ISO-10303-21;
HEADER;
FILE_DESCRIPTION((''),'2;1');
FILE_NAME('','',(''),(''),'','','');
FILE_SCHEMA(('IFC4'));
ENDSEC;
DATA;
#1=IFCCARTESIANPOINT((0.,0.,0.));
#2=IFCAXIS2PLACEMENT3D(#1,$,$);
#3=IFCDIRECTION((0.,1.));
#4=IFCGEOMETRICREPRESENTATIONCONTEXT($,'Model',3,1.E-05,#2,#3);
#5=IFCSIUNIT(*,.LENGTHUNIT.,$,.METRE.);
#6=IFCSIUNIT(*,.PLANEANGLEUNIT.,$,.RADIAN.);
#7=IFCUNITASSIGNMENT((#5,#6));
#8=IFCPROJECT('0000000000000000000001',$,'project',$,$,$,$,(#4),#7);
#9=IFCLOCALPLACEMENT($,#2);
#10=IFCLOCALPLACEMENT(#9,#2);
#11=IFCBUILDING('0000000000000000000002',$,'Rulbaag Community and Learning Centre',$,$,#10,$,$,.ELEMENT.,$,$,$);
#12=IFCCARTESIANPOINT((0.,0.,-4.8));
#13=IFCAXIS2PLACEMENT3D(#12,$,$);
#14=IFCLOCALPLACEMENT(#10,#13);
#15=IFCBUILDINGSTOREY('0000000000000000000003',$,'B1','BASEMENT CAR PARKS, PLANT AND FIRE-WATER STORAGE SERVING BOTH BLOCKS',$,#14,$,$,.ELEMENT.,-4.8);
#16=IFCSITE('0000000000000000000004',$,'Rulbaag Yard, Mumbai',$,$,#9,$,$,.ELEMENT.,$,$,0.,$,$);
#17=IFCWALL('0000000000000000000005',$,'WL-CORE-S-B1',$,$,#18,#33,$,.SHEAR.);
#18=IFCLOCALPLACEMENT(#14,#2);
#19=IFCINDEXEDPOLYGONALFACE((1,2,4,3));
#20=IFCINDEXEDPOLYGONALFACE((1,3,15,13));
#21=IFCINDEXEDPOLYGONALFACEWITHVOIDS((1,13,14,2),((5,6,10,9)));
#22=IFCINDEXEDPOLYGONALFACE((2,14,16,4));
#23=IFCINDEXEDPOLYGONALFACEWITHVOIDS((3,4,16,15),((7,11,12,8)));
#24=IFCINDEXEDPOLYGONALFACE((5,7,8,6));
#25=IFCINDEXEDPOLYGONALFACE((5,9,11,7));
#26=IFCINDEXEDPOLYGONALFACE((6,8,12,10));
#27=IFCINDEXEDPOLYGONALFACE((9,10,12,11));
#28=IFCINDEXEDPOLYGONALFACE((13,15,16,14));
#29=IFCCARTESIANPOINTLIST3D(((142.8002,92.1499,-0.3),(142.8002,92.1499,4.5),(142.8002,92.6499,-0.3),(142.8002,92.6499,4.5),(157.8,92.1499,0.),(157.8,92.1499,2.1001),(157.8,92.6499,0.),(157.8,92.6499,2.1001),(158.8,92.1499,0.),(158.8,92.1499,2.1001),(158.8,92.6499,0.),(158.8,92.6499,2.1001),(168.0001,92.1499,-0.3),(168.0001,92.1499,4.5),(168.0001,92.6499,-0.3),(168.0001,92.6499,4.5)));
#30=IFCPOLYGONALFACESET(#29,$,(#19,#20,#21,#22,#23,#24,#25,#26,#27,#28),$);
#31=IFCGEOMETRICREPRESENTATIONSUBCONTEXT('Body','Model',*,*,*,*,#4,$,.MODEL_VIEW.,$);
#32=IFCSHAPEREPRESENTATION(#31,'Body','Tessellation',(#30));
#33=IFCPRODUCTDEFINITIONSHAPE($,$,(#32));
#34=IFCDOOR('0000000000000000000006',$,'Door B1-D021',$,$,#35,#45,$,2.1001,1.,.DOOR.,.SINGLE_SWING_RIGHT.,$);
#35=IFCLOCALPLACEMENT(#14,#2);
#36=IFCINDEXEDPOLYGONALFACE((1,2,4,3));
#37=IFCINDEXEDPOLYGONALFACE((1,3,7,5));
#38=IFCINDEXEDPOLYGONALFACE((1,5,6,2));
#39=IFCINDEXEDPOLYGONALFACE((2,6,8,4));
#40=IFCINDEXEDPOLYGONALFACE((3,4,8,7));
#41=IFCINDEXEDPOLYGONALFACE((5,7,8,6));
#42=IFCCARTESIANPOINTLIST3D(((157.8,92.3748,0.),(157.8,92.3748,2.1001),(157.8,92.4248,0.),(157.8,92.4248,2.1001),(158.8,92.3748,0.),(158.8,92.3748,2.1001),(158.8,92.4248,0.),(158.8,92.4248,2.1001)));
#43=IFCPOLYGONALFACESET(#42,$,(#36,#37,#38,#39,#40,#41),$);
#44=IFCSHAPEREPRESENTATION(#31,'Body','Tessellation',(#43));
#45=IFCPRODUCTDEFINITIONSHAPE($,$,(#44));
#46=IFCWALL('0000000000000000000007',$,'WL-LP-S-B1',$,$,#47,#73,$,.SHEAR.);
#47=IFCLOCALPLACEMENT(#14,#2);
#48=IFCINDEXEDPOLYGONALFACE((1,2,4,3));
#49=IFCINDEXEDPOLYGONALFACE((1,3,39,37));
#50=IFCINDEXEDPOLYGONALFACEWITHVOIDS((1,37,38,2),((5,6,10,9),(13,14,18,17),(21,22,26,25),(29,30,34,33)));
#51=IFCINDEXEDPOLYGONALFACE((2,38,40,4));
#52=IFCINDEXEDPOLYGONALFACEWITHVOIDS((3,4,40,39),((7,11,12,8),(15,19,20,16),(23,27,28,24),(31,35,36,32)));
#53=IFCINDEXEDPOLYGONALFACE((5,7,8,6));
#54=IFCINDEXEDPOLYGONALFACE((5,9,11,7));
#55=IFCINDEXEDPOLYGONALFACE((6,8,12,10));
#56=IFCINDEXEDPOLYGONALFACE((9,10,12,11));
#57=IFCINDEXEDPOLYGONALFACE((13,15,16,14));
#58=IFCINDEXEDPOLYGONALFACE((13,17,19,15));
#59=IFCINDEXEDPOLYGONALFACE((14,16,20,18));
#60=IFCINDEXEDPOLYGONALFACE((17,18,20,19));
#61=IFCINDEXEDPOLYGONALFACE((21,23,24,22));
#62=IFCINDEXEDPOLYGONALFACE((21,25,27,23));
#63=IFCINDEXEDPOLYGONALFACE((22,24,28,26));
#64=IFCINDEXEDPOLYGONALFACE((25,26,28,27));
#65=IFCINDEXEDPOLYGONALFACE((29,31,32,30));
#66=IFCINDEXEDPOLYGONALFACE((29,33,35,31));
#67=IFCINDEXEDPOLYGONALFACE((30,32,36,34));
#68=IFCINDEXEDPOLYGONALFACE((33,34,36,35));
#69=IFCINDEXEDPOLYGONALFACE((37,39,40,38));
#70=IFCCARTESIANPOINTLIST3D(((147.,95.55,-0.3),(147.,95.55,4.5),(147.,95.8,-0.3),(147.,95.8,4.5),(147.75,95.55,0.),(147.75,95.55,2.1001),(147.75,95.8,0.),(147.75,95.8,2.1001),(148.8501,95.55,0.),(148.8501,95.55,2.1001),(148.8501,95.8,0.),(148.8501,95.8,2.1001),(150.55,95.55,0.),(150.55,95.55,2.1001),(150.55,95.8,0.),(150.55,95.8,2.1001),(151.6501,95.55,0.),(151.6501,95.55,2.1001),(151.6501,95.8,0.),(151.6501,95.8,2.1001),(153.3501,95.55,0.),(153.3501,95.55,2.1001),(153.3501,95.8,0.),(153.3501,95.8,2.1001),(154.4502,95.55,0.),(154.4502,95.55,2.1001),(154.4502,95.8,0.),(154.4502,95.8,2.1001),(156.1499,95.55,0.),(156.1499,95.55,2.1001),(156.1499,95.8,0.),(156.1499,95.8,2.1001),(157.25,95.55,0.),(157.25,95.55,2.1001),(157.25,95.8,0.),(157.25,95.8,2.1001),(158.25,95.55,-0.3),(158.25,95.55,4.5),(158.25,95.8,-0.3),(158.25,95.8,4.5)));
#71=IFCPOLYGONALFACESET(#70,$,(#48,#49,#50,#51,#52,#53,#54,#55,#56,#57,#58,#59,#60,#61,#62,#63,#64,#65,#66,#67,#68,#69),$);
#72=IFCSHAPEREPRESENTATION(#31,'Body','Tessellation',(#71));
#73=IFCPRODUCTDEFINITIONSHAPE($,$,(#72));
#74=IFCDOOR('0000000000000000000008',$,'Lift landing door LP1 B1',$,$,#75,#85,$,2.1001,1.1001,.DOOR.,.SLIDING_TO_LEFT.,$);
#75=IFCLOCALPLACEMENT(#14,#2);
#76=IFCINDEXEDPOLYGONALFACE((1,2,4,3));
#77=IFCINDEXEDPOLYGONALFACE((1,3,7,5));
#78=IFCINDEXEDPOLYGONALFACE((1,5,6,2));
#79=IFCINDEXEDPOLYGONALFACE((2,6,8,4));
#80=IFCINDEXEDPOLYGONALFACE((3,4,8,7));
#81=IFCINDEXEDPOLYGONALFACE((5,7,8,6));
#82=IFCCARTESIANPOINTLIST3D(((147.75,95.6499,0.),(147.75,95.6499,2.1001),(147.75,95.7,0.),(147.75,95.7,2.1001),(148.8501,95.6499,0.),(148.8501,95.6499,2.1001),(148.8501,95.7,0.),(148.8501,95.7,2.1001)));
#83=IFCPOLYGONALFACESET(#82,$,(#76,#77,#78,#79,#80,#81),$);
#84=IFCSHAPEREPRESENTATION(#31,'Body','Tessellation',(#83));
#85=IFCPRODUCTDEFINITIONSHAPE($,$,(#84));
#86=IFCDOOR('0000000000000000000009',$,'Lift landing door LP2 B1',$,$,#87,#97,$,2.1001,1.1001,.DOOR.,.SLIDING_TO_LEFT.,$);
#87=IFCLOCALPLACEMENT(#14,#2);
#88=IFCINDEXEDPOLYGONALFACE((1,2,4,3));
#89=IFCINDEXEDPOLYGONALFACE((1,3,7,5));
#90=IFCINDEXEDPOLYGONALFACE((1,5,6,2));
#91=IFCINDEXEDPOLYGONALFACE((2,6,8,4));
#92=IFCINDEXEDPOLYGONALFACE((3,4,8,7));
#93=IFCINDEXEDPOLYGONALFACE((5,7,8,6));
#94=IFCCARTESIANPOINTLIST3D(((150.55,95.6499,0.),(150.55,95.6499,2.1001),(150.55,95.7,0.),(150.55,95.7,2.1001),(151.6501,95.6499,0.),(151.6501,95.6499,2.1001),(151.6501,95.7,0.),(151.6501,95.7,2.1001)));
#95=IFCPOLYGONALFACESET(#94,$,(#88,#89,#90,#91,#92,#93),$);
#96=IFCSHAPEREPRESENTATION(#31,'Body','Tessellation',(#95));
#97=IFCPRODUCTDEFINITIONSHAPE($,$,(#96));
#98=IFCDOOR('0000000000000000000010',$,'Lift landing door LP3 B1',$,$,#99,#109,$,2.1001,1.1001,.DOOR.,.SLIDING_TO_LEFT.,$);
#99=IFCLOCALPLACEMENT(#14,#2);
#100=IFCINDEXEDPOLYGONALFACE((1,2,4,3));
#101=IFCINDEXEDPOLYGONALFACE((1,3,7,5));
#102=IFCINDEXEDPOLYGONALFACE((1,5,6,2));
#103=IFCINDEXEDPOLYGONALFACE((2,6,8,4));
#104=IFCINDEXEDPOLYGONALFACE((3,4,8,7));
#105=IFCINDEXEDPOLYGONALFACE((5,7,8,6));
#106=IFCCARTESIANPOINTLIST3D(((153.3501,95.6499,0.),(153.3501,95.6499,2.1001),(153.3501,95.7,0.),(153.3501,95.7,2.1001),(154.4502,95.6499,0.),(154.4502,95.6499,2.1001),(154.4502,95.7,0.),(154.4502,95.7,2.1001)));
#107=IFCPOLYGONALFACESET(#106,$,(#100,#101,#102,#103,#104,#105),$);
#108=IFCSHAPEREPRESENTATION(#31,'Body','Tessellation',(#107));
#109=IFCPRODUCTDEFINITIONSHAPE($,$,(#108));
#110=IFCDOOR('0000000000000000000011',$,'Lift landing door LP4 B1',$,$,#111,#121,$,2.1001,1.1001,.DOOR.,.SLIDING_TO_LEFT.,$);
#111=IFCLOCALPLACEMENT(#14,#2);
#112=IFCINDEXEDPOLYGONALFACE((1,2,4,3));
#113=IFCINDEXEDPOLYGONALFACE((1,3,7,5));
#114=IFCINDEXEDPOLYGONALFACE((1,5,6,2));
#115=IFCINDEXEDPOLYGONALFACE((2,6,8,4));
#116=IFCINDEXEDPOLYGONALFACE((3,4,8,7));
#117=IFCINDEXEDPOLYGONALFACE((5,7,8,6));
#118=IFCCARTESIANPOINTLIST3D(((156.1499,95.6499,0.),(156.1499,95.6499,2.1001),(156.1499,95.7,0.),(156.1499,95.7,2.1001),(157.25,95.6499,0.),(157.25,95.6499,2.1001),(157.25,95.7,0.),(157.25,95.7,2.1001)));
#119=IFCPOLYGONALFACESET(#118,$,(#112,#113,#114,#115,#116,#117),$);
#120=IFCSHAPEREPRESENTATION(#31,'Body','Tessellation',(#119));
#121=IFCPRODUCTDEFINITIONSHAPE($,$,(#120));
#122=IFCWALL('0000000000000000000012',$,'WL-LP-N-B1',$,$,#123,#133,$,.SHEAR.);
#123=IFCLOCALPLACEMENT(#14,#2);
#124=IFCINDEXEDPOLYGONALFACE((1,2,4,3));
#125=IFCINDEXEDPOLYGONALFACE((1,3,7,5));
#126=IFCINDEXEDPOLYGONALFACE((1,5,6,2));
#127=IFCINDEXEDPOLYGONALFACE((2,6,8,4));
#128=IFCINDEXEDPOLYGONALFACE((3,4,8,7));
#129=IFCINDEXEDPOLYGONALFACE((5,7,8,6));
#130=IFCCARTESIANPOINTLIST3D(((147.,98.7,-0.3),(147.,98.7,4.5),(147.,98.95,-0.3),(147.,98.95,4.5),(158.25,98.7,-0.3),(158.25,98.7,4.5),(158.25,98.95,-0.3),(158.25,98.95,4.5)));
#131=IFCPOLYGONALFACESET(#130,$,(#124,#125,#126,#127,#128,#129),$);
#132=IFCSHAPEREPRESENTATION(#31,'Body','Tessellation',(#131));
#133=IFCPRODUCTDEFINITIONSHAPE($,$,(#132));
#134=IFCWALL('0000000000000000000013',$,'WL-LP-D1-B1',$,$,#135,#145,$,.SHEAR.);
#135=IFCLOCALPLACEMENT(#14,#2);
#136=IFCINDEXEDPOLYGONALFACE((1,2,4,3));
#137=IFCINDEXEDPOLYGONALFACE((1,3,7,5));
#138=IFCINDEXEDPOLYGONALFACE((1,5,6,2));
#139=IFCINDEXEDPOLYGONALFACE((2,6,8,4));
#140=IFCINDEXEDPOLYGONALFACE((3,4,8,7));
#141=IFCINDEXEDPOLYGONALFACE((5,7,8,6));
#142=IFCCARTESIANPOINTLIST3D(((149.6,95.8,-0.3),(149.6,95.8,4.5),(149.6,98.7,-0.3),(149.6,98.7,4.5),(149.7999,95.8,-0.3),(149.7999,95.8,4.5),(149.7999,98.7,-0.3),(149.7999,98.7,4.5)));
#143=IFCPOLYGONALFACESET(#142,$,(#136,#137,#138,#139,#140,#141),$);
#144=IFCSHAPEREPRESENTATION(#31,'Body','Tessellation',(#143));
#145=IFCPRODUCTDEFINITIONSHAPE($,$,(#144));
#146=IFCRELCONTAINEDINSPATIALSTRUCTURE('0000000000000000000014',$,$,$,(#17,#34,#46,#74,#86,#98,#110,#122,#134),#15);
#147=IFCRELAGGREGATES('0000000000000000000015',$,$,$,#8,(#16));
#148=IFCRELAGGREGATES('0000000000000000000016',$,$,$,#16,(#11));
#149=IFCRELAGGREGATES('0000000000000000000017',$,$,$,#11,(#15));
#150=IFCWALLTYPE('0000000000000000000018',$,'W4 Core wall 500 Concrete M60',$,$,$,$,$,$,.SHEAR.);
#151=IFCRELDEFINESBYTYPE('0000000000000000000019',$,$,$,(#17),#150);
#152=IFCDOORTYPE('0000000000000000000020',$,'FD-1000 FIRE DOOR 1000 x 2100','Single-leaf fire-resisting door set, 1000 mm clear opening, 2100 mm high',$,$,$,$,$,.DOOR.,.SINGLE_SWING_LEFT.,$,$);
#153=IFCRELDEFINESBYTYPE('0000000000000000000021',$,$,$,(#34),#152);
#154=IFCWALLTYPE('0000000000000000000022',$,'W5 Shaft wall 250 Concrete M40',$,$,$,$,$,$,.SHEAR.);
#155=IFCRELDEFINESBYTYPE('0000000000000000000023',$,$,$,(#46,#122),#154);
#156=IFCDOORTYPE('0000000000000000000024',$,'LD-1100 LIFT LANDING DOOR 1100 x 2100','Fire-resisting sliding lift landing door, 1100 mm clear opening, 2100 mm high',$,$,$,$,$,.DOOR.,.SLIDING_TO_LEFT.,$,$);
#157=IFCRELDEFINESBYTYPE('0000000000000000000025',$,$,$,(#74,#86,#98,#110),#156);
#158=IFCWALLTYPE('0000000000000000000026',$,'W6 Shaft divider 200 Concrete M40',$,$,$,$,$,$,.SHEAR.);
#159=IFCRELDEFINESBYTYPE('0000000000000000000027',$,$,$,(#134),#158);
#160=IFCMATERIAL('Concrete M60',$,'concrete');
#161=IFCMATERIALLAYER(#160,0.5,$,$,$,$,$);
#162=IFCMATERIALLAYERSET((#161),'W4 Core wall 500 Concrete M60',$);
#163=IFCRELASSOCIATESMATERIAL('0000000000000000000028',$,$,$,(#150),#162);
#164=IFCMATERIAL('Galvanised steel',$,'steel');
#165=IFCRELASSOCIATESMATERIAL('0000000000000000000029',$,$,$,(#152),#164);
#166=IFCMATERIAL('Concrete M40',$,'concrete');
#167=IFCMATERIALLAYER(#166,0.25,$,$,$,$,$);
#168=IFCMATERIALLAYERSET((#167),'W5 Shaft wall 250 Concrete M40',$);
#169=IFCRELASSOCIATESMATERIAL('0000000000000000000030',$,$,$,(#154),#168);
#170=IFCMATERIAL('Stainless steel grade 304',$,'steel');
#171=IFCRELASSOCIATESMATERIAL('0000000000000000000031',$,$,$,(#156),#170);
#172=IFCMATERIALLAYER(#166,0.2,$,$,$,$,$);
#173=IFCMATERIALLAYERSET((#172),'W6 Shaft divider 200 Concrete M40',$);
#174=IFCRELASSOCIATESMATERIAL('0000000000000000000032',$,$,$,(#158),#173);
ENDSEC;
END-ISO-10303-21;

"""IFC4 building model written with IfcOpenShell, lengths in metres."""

from ifc_helpers import new_model, si_unit, direction, frame, frame_2d, origin, place, context, subcontext, project, spatial, rectangle, extrude, material, layer, layer_set, type_object, element, fill, save


model = new_model("IFC4")

# Units and contexts
model_context = context("Model", 3, precision=1e-05, world=origin(), true_north=direction((0.0, 1.0)))
body_context = subcontext(model_context, "Body", "Model", "MODEL_VIEW")
ifc_project = project(units=[si_unit("LENGTHUNIT", "METRE"), si_unit("PLANEANGLEUNIT", "RADIAN")], contexts=[model_context])

# Site, building, storey
site_placement = place(None, origin())
site = spatial("IfcSite", under=ifc_project, at=site_placement, Name="Rulbaag Yard, Mumbai", CompositionType="ELEMENT", RefElevation=0.0)
building_placement = place(site_placement, origin())
building = spatial("IfcBuilding", under=site, at=building_placement, Name="Rulbaag Community and Learning Centre", CompositionType="ELEMENT")
storey_placement = place(building_placement, frame((0.0, 0.0, -4.8)))
storey = spatial("IfcBuildingStorey", under=building, at=storey_placement, Name="B1", Description="BASEMENT CAR PARKS, PLANT AND FIRE-WATER STORAGE SERVING BOTH BLOCKS", CompositionType="ELEMENT", Elevation=-4.8)

# Wall, opening, door
ifc_material_1 = material(Name="Concrete M60", Category="concrete")
ifc_layer_1 = layer(ifc_material_1, 0.5)
ifc_layer_set_1 = layer_set([ifc_layer_1], Name="W4 Core wall 500 Concrete M60")
wall_type_1 = type_object("IfcWallType", Name="W4 Core wall 500 Concrete M60", PredefinedType="SHEAR", material=ifc_layer_set_1)
wall_1_placement = place(storey_placement, frame((142.8, 92.3999, -0.3), z_axis=(0.0, 0.0, 1.0), x_axis=(1.0, 0.0, 0.0)))
wall_1 = element("IfcWall", 1, at=wall_1_placement, inside=storey, type_object=wall_type_1, Name="WL-CORE-S-B1", PredefinedType="SHEAR", context=body_context, shape_type="SweptSolid", body=[
    extrude(rectangle(XDim=25.2, YDim=0.5, at=frame_2d((12.6001, 0.0))), origin(), (0.0, 0.0, 1.0), 4.8),
])
opening_1_placement = place(wall_1_placement, frame((15.0, 0.0, 0.3)))
opening_1 = element("IfcOpeningElement", 2, at=opening_1_placement, cuts=wall_1, PredefinedType="OPENING", context=body_context, shape_type="SweptSolid", body=[
    extrude(rectangle(XDim=1.0, YDim=2.1001, at=frame_2d((0.5, 1.05))), frame((0.0, 0.26, 0.0), z_axis=(0.0, -1.0, 0.0), x_axis=(1.0, 0.0, 0.0)), (0.0, 0.0, 1.0), 0.52),
])
ifc_material_2 = material(Name="Galvanised steel", Category="steel")
door_type_1 = type_object("IfcDoorType", Name="FD-1000 FIRE DOOR 1000 x 2100", Description="Single-leaf fire-resisting door set, 1000 mm clear opening, 2100 mm high", OperationType="SINGLE_SWING_LEFT", PredefinedType="DOOR", material=ifc_material_2)
door_1_placement = place(opening_1_placement, origin())
door_1 = element("IfcDoor", 3, at=door_1_placement, inside=storey, type_object=door_type_1, Name="Door B1-D021", OperationType="SINGLE_SWING_RIGHT", OverallHeight=2.1001, OverallWidth=1.0, PredefinedType="DOOR", context=body_context, shape_type="SweptSolid", body=[
    extrude(rectangle(XDim=1.0, YDim=2.1001, at=frame_2d((0.5, 1.05))), frame((0.0, 0.0249, 0.0), z_axis=(0.0, -1.0, 0.0), x_axis=(1.0, 0.0, 0.0)), (0.0, 0.0, 1.0), 0.05),
])
fill(opening_1, door_1)

# Wall, openings, doors
ifc_material_3 = material(Name="Concrete M40", Category="concrete")
ifc_layer_2 = layer(ifc_material_3, 0.25)
ifc_layer_set_2 = layer_set([ifc_layer_2], Name="W5 Shaft wall 250 Concrete M40")
wall_type_2 = type_object("IfcWallType", Name="W5 Shaft wall 250 Concrete M40", PredefinedType="SHEAR", material=ifc_layer_set_2)
wall_2_placement = place(storey_placement, frame((147.0, 95.675, -0.3), z_axis=(0.0, 0.0, 1.0), x_axis=(1.0, 0.0, 0.0)))
wall_2 = element("IfcWall", 4, at=wall_2_placement, inside=storey, type_object=wall_type_2, Name="WL-LP-S-B1", PredefinedType="SHEAR", context=body_context, shape_type="SweptSolid", body=[
    extrude(rectangle(XDim=11.25, YDim=0.25, at=frame_2d((5.625, 0.0))), origin(), (0.0, 0.0, 1.0), 4.8),
])
opening_2_placement = place(wall_2_placement, frame((0.75, 0.0, 0.3)))
opening_2 = element("IfcOpeningElement", 5, at=opening_2_placement, cuts=wall_2, PredefinedType="OPENING", context=body_context, shape_type="SweptSolid", body=[
    extrude(rectangle(XDim=1.1001, YDim=2.1001, at=frame_2d((0.55, 1.05))), frame((0.0, 0.135, 0.0), z_axis=(0.0, -1.0, 0.0), x_axis=(1.0, 0.0, 0.0)), (0.0, 0.0, 1.0), 0.27),
])
opening_3_placement = place(wall_2_placement, frame((3.55, 0.0, 0.3)))
opening_3 = element("IfcOpeningElement", 6, at=opening_3_placement, cuts=wall_2, PredefinedType="OPENING", context=body_context, shape_type="SweptSolid", body=[
    extrude(rectangle(XDim=1.1001, YDim=2.1001, at=frame_2d((0.55, 1.05))), frame((0.0, 0.135, 0.0), z_axis=(0.0, -1.0, 0.0), x_axis=(1.0, 0.0, 0.0)), (0.0, 0.0, 1.0), 0.27),
])
opening_4_placement = place(wall_2_placement, frame((6.3501, 0.0, 0.3)))
opening_4 = element("IfcOpeningElement", 7, at=opening_4_placement, cuts=wall_2, PredefinedType="OPENING", context=body_context, shape_type="SweptSolid", body=[
    extrude(rectangle(XDim=1.1001, YDim=2.1001, at=frame_2d((0.55, 1.05))), frame((0.0, 0.135, 0.0), z_axis=(0.0, -1.0, 0.0), x_axis=(1.0, 0.0, 0.0)), (0.0, 0.0, 1.0), 0.27),
])
opening_5_placement = place(wall_2_placement, frame((9.1499, 0.0, 0.3)))
opening_5 = element("IfcOpeningElement", 8, at=opening_5_placement, cuts=wall_2, PredefinedType="OPENING", context=body_context, shape_type="SweptSolid", body=[
    extrude(rectangle(XDim=1.1001, YDim=2.1001, at=frame_2d((0.55, 1.05))), frame((0.0, 0.135, 0.0), z_axis=(0.0, -1.0, 0.0), x_axis=(1.0, 0.0, 0.0)), (0.0, 0.0, 1.0), 0.27),
])
ifc_material_4 = material(Name="Stainless steel grade 304", Category="steel")
door_type_2 = type_object("IfcDoorType", Name="LD-1100 LIFT LANDING DOOR 1100 x 2100", Description="Fire-resisting sliding lift landing door, 1100 mm clear opening, 2100 mm high", OperationType="SLIDING_TO_LEFT", PredefinedType="DOOR", material=ifc_material_4)
door_2_placement = place(opening_2_placement, origin())
door_2 = element("IfcDoor", 9, at=door_2_placement, inside=storey, type_object=door_type_2, Name="Lift landing door LP1 B1", OperationType="SLIDING_TO_LEFT", OverallHeight=2.1001, OverallWidth=1.1001, PredefinedType="DOOR", context=body_context, shape_type="SweptSolid", body=[
    extrude(rectangle(XDim=1.1001, YDim=2.1001, at=frame_2d((0.55, 1.05))), frame((0.0, 0.0249, 0.0), z_axis=(0.0, -1.0, 0.0), x_axis=(1.0, 0.0, 0.0)), (0.0, 0.0, 1.0), 0.05),
])
fill(opening_2, door_2)
door_3_placement = place(opening_3_placement, origin())
door_3 = element("IfcDoor", 10, at=door_3_placement, inside=storey, type_object=door_type_2, Name="Lift landing door LP2 B1", OperationType="SLIDING_TO_LEFT", OverallHeight=2.1001, OverallWidth=1.1001, PredefinedType="DOOR", context=body_context, shape_type="SweptSolid", body=[
    extrude(rectangle(XDim=1.1001, YDim=2.1001, at=frame_2d((0.55, 1.05))), frame((0.0, 0.0249, 0.0), z_axis=(0.0, -1.0, 0.0), x_axis=(1.0, 0.0, 0.0)), (0.0, 0.0, 1.0), 0.05),
])
fill(opening_3, door_3)
door_4_placement = place(opening_4_placement, origin())
door_4 = element("IfcDoor", 11, at=door_4_placement, inside=storey, type_object=door_type_2, Name="Lift landing door LP3 B1", OperationType="SLIDING_TO_LEFT", OverallHeight=2.1001, OverallWidth=1.1001, PredefinedType="DOOR", context=body_context, shape_type="SweptSolid", body=[
    extrude(rectangle(XDim=1.1001, YDim=2.1001, at=frame_2d((0.55, 1.05))), frame((0.0, 0.0249, 0.0), z_axis=(0.0, -1.0, 0.0), x_axis=(1.0, 0.0, 0.0)), (0.0, 0.0, 1.0), 0.05),
])
fill(opening_4, door_4)
door_5_placement = place(opening_5_placement, origin())
door_5 = element("IfcDoor", 12, at=door_5_placement, inside=storey, type_object=door_type_2, Name="Lift landing door LP4 B1", OperationType="SLIDING_TO_LEFT", OverallHeight=2.1001, OverallWidth=1.1001, PredefinedType="DOOR", context=body_context, shape_type="SweptSolid", body=[
    extrude(rectangle(XDim=1.1001, YDim=2.1001, at=frame_2d((0.55, 1.05))), frame((0.0, 0.0249, 0.0), z_axis=(0.0, -1.0, 0.0), x_axis=(1.0, 0.0, 0.0)), (0.0, 0.0, 1.0), 0.05),
])
fill(opening_5, door_5)

# Walls
wall_3_placement = place(storey_placement, frame((147.0, 98.825, -0.3), z_axis=(0.0, 0.0, 1.0), x_axis=(1.0, 0.0, 0.0)))
element("IfcWall", 13, at=wall_3_placement, inside=storey, type_object=wall_type_2, Name="WL-LP-N-B1", PredefinedType="SHEAR", context=body_context, shape_type="SweptSolid", body=[
    extrude(rectangle(XDim=11.25, YDim=0.25, at=frame_2d((5.625, 0.0))), origin(), (0.0, 0.0, 1.0), 4.8),
])
ifc_layer_3 = layer(ifc_material_3, 0.2)
ifc_layer_set_3 = layer_set([ifc_layer_3], Name="W6 Shaft divider 200 Concrete M40")
wall_type_3 = type_object("IfcWallType", Name="W6 Shaft divider 200 Concrete M40", PredefinedType="SHEAR", material=ifc_layer_set_3)
wall_4_placement = place(storey_placement, frame((149.7, 95.8, -0.3), z_axis=(0.0, 0.0, 1.0), x_axis=(0.0, 1.0, 0.0)))
element("IfcWall", 14, at=wall_4_placement, inside=storey, type_object=wall_type_3, Name="WL-LP-D1-B1", PredefinedType="SHEAR", context=body_context, shape_type="SweptSolid", body=[
    extrude(rectangle(XDim=2.8999, YDim=0.2, at=frame_2d((1.45, 0.0))), origin(), (0.0, 0.0, 1.0), 4.8),
])

save(model, "model.ifc")
